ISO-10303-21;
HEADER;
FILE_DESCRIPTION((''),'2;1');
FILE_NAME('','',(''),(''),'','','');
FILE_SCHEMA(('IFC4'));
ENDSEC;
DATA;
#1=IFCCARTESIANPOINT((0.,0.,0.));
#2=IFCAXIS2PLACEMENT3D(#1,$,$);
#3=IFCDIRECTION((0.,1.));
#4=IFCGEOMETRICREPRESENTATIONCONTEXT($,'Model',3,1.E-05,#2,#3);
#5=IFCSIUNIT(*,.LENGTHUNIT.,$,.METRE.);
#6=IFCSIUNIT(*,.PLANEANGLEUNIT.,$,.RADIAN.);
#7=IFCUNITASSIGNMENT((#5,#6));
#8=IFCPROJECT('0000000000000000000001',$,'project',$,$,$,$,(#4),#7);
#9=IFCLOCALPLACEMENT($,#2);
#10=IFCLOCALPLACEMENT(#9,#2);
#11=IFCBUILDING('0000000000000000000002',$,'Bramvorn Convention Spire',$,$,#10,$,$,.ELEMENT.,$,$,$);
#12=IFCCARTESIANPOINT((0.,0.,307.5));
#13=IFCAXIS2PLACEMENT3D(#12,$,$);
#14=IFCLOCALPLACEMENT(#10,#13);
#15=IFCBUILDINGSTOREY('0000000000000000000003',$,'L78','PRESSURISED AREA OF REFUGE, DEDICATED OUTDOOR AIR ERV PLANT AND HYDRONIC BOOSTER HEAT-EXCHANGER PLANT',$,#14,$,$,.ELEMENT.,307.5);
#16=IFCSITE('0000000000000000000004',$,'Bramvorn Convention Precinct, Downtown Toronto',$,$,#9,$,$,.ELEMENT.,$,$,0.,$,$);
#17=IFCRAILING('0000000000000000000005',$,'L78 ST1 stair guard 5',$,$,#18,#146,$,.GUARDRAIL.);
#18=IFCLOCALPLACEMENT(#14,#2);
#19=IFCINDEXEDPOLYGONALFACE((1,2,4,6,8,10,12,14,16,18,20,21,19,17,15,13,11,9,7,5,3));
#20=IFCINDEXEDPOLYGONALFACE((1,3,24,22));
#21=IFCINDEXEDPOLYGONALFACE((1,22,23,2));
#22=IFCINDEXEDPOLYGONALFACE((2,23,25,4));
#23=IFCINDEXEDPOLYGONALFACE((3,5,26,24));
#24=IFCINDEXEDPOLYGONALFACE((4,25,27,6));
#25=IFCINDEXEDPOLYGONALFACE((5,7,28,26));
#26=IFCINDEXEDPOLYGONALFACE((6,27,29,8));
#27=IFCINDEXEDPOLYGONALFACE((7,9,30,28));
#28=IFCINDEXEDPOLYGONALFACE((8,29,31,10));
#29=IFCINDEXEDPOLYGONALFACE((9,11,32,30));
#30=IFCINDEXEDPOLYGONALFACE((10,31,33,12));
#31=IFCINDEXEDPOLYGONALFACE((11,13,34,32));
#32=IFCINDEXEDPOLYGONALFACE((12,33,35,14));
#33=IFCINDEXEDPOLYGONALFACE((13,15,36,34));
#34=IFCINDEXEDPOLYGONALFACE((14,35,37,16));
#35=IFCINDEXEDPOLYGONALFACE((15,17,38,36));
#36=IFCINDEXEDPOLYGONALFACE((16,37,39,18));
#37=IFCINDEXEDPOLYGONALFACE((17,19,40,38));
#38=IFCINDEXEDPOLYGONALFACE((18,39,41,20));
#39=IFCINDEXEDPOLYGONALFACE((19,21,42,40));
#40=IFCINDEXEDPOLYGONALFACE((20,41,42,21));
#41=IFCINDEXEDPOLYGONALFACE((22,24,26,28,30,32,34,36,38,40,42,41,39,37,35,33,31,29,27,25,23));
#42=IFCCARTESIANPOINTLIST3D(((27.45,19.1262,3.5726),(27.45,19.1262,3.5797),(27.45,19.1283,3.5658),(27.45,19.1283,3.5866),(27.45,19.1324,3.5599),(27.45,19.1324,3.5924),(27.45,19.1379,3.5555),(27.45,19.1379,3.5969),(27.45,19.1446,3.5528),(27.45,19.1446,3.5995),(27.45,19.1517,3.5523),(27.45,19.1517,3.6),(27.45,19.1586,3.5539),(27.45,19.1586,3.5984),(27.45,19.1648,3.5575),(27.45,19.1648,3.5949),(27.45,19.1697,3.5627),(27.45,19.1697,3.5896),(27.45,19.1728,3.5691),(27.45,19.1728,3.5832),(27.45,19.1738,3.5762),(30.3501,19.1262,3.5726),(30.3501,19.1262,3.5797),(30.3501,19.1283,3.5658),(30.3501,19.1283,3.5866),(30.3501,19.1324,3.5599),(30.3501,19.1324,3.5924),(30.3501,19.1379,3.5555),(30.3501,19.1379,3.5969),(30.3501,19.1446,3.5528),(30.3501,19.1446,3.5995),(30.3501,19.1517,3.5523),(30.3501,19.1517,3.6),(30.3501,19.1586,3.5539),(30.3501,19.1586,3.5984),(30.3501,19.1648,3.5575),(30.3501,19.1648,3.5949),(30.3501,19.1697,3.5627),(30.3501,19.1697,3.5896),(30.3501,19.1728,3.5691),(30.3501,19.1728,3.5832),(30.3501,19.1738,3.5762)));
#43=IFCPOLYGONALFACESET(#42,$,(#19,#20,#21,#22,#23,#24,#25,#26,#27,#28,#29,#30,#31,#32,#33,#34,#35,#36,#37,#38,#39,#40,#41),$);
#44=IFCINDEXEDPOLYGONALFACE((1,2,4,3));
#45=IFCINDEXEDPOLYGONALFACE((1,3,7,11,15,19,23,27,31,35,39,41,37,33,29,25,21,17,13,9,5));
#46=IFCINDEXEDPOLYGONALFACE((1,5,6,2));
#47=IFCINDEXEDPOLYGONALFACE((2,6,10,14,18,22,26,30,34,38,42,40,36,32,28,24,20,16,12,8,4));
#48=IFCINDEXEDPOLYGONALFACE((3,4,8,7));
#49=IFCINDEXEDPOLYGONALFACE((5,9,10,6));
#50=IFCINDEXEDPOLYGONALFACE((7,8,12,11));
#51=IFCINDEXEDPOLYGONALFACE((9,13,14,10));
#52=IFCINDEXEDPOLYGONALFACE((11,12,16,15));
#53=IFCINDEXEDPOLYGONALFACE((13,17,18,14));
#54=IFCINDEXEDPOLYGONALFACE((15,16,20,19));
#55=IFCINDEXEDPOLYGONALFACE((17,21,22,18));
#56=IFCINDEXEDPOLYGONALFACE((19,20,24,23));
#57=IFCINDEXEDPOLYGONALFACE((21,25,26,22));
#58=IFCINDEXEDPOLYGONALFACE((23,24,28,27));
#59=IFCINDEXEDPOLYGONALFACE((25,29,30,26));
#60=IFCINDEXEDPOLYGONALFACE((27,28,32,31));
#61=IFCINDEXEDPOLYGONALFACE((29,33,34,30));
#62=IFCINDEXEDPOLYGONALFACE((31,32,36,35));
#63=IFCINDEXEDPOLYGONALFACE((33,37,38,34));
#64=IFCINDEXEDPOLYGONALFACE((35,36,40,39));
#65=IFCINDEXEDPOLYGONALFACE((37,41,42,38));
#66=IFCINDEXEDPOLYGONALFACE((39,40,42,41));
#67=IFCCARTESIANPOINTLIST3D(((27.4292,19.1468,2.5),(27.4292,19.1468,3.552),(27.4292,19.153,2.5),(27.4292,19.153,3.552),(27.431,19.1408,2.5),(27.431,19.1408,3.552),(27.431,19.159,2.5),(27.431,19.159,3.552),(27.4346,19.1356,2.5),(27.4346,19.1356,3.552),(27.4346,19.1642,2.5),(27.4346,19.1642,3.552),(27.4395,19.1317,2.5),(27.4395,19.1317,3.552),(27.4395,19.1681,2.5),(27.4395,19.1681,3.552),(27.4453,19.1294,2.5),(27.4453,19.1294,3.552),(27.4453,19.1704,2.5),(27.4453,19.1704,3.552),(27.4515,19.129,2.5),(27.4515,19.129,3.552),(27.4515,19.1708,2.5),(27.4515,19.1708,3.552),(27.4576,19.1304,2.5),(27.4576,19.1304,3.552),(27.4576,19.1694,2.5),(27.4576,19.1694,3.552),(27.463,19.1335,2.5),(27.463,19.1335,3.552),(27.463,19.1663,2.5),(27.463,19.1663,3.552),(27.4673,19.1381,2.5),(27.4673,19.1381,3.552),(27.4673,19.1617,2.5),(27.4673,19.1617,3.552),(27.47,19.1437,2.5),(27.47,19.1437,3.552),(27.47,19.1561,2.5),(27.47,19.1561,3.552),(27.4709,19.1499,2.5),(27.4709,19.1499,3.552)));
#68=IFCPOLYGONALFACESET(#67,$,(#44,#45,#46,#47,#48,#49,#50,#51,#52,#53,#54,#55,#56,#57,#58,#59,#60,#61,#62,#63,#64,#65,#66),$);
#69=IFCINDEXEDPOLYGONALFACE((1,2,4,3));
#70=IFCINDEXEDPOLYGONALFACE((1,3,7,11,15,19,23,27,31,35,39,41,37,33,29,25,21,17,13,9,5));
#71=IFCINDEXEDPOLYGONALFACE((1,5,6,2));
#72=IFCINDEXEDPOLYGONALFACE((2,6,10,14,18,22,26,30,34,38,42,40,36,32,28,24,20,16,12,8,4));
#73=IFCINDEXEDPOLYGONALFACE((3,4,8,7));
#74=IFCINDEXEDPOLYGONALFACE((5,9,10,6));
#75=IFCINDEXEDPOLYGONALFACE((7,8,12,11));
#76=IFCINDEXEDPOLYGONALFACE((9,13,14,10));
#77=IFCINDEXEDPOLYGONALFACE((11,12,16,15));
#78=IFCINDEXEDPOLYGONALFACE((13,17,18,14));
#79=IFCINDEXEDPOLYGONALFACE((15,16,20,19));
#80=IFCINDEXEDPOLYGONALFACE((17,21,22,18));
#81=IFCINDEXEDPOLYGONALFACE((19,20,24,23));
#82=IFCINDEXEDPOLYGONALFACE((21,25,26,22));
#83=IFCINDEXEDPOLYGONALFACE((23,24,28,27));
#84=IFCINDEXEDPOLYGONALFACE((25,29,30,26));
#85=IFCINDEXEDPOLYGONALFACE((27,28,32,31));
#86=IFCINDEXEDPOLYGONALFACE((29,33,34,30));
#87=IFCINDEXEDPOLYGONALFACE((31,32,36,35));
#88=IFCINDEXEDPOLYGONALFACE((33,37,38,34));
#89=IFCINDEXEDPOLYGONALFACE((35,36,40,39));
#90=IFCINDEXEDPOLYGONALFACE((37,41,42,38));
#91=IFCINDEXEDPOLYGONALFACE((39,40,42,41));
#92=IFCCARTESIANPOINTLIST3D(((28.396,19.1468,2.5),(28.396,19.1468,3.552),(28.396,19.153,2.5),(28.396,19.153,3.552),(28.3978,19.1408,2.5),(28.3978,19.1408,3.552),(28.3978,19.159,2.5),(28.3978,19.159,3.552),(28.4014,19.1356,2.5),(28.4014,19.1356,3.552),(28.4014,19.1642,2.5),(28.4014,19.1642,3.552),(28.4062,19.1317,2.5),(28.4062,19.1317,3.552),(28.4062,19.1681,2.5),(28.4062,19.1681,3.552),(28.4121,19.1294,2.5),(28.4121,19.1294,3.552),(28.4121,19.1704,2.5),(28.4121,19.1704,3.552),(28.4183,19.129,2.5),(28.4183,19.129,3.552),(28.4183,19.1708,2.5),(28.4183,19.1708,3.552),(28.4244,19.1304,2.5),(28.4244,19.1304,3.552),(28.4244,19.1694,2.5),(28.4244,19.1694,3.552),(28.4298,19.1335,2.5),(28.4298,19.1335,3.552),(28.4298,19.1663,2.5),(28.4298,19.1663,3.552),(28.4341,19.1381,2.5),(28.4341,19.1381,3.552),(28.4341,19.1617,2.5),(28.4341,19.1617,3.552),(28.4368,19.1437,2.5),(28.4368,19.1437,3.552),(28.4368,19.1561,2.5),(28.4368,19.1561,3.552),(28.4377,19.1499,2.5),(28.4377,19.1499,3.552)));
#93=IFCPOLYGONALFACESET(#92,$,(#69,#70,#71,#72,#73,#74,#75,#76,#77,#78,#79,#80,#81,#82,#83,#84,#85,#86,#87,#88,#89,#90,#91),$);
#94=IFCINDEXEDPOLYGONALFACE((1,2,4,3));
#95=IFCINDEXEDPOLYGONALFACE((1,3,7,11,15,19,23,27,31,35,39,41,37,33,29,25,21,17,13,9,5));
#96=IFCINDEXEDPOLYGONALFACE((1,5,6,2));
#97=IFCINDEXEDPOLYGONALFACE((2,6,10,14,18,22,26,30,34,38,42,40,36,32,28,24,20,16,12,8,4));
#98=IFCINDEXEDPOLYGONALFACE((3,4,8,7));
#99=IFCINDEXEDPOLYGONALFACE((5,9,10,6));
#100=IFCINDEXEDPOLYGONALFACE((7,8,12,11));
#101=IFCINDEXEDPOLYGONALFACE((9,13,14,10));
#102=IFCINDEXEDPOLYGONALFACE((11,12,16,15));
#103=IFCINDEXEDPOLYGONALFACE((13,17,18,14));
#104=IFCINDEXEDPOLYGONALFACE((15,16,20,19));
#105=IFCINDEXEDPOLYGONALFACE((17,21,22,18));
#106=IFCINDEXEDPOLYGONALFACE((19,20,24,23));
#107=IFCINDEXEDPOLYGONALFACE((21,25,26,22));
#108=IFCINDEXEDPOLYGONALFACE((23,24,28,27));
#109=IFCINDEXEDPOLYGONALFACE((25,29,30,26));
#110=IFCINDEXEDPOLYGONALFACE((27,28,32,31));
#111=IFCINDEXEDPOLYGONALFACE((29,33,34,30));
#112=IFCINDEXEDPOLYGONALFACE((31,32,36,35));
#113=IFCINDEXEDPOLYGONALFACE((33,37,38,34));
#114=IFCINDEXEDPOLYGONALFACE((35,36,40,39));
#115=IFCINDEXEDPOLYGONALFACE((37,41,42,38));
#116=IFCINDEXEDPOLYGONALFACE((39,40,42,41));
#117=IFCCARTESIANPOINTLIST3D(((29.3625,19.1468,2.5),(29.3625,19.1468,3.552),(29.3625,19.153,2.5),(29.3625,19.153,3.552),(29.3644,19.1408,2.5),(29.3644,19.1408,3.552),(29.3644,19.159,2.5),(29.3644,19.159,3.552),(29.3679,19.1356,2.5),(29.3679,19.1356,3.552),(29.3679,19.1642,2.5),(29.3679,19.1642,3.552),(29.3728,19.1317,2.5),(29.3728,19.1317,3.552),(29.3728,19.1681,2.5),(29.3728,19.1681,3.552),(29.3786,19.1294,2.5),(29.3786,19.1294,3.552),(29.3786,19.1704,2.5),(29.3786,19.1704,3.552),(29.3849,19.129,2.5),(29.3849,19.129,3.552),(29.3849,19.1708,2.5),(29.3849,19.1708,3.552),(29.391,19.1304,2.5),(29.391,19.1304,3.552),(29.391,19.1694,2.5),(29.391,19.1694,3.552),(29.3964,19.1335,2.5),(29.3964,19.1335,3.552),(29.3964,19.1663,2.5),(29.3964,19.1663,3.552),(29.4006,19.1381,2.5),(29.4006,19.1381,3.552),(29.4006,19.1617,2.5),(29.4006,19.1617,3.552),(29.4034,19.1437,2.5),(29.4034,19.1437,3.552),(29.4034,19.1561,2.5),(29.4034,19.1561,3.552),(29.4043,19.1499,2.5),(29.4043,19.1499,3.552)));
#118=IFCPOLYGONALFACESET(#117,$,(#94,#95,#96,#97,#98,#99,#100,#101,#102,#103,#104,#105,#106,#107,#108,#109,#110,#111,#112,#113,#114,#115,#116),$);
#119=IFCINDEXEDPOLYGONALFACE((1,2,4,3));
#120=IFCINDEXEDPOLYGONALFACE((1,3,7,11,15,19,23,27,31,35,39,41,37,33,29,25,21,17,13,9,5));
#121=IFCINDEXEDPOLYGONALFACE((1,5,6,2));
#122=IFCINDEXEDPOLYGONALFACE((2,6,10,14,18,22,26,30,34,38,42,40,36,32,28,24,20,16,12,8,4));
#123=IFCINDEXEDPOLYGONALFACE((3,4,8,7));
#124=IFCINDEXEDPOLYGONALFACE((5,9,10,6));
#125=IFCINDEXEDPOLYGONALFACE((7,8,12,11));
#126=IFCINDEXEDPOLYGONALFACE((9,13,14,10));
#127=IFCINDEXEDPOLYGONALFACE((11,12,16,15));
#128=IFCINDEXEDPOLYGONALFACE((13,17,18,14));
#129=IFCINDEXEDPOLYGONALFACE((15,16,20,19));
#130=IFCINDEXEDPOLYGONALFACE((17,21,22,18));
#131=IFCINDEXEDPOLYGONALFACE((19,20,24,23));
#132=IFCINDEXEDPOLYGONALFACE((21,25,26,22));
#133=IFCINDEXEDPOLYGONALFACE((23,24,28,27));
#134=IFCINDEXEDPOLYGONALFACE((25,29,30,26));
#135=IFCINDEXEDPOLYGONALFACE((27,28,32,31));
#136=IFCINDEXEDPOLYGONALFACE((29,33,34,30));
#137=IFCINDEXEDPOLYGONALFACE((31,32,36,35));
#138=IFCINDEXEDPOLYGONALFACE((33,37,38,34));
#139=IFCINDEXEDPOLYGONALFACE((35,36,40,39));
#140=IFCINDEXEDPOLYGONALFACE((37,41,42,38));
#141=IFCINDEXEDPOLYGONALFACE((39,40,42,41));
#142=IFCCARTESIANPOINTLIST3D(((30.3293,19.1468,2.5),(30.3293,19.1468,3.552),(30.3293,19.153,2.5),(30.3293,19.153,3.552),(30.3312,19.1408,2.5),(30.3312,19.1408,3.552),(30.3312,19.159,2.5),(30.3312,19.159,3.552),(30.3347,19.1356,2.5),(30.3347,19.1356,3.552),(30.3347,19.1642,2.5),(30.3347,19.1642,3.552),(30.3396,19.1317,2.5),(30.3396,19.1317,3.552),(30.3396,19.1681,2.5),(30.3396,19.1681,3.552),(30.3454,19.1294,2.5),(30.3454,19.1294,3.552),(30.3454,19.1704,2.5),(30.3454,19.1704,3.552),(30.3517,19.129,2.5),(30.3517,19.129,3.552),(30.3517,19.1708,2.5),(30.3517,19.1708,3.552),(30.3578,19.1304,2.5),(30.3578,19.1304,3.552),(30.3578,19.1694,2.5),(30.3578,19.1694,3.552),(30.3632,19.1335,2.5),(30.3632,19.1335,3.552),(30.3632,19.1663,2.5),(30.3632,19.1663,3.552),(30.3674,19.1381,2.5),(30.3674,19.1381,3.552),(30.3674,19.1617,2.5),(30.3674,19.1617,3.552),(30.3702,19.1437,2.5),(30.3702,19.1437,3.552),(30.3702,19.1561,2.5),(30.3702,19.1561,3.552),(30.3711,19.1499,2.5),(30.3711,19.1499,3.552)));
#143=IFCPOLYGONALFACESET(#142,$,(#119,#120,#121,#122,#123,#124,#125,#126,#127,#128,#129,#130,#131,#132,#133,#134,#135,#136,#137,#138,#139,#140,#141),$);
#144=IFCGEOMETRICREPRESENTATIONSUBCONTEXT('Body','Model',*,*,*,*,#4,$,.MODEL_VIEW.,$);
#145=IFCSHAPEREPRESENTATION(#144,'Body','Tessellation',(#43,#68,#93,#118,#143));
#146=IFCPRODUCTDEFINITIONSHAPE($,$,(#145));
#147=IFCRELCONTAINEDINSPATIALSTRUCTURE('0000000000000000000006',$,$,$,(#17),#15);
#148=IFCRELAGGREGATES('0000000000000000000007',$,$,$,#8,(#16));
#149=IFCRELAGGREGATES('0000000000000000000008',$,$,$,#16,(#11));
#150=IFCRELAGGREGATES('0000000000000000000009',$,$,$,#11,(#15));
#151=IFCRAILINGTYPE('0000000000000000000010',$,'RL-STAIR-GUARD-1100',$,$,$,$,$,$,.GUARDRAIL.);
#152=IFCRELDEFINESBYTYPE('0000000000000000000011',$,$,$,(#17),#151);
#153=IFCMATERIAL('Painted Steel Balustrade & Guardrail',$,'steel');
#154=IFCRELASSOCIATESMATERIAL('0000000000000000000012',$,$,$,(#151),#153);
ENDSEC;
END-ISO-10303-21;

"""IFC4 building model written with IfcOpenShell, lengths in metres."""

from ifc_helpers import new_model, si_unit, direction, frame, origin, origin_2d, place, context, subcontext, project, spatial, circle, extrude, material, type_object, element, save


model = new_model("IFC4")

# Units and contexts
model_context = context("Model", 3, precision=1e-05, world=origin(), true_north=direction((0.0, 1.0)))
body_context = subcontext(model_context, "Body", "Model", "MODEL_VIEW")
ifc_project = project(units=[si_unit("LENGTHUNIT", "METRE"), si_unit("PLANEANGLEUNIT", "RADIAN")], contexts=[model_context])

# Site, building, storey
site_placement = place(None, origin())
site = spatial("IfcSite", under=ifc_project, at=site_placement, Name="Bramvorn Convention Precinct, Downtown Toronto", CompositionType="ELEMENT", RefElevation=0.0)
building_placement = place(site_placement, origin())
building = spatial("IfcBuilding", under=site, at=building_placement, Name="Bramvorn Convention Spire", CompositionType="ELEMENT")
storey_placement = place(building_placement, frame((0.0, 0.0, 307.5)))
storey = spatial("IfcBuildingStorey", under=building, at=storey_placement, Name="L78", Description="PRESSURISED AREA OF REFUGE, DEDICATED OUTDOOR AIR ERV PLANT AND HYDRONIC BOOSTER HEAT-EXCHANGER PLANT", CompositionType="ELEMENT", Elevation=307.5)

# Railing
ifc_material_1 = material(Name="Painted Steel Balustrade & Guardrail", Category="steel")
railing_type_1 = type_object("IfcRailingType", Name="RL-STAIR-GUARD-1100", PredefinedType="GUARDRAIL", material=ifc_material_1)
railing_1_placement = place(storey_placement, frame((27.45, 19.1499, 2.5)))
element("IfcRailing", 1, at=railing_1_placement, inside=storey, type_object=railing_type_1, Name="L78 ST1 stair guard 5", PredefinedType="GUARDRAIL", context=body_context, shape_type="SweptSolid", body=[
    extrude(circle(Radius=0.0239, at=origin_2d()), frame((0.0, 0.0, 1.0762), z_axis=(1.0, 0.0, 0.0), x_axis=(0.0, 1.0, 0.0)), (0.0, 0.0, 1.0), 2.9001),
    extrude(circle(Radius=0.021, at=origin_2d()), origin(), (0.0, 0.0, 1.0), 1.052),
    extrude(circle(Radius=0.021, at=origin_2d()), frame((0.9668, 0.0, 0.0)), (0.0, 0.0, 1.0), 1.052),
    extrude(circle(Radius=0.021, at=origin_2d()), frame((1.9333, 0.0, 0.0)), (0.0, 0.0, 1.0), 1.052),
    extrude(circle(Radius=0.021, at=origin_2d()), frame((2.9001, 0.0, 0.0)), (0.0, 0.0, 1.0), 1.052),
])

save(model, "model.ifc")
